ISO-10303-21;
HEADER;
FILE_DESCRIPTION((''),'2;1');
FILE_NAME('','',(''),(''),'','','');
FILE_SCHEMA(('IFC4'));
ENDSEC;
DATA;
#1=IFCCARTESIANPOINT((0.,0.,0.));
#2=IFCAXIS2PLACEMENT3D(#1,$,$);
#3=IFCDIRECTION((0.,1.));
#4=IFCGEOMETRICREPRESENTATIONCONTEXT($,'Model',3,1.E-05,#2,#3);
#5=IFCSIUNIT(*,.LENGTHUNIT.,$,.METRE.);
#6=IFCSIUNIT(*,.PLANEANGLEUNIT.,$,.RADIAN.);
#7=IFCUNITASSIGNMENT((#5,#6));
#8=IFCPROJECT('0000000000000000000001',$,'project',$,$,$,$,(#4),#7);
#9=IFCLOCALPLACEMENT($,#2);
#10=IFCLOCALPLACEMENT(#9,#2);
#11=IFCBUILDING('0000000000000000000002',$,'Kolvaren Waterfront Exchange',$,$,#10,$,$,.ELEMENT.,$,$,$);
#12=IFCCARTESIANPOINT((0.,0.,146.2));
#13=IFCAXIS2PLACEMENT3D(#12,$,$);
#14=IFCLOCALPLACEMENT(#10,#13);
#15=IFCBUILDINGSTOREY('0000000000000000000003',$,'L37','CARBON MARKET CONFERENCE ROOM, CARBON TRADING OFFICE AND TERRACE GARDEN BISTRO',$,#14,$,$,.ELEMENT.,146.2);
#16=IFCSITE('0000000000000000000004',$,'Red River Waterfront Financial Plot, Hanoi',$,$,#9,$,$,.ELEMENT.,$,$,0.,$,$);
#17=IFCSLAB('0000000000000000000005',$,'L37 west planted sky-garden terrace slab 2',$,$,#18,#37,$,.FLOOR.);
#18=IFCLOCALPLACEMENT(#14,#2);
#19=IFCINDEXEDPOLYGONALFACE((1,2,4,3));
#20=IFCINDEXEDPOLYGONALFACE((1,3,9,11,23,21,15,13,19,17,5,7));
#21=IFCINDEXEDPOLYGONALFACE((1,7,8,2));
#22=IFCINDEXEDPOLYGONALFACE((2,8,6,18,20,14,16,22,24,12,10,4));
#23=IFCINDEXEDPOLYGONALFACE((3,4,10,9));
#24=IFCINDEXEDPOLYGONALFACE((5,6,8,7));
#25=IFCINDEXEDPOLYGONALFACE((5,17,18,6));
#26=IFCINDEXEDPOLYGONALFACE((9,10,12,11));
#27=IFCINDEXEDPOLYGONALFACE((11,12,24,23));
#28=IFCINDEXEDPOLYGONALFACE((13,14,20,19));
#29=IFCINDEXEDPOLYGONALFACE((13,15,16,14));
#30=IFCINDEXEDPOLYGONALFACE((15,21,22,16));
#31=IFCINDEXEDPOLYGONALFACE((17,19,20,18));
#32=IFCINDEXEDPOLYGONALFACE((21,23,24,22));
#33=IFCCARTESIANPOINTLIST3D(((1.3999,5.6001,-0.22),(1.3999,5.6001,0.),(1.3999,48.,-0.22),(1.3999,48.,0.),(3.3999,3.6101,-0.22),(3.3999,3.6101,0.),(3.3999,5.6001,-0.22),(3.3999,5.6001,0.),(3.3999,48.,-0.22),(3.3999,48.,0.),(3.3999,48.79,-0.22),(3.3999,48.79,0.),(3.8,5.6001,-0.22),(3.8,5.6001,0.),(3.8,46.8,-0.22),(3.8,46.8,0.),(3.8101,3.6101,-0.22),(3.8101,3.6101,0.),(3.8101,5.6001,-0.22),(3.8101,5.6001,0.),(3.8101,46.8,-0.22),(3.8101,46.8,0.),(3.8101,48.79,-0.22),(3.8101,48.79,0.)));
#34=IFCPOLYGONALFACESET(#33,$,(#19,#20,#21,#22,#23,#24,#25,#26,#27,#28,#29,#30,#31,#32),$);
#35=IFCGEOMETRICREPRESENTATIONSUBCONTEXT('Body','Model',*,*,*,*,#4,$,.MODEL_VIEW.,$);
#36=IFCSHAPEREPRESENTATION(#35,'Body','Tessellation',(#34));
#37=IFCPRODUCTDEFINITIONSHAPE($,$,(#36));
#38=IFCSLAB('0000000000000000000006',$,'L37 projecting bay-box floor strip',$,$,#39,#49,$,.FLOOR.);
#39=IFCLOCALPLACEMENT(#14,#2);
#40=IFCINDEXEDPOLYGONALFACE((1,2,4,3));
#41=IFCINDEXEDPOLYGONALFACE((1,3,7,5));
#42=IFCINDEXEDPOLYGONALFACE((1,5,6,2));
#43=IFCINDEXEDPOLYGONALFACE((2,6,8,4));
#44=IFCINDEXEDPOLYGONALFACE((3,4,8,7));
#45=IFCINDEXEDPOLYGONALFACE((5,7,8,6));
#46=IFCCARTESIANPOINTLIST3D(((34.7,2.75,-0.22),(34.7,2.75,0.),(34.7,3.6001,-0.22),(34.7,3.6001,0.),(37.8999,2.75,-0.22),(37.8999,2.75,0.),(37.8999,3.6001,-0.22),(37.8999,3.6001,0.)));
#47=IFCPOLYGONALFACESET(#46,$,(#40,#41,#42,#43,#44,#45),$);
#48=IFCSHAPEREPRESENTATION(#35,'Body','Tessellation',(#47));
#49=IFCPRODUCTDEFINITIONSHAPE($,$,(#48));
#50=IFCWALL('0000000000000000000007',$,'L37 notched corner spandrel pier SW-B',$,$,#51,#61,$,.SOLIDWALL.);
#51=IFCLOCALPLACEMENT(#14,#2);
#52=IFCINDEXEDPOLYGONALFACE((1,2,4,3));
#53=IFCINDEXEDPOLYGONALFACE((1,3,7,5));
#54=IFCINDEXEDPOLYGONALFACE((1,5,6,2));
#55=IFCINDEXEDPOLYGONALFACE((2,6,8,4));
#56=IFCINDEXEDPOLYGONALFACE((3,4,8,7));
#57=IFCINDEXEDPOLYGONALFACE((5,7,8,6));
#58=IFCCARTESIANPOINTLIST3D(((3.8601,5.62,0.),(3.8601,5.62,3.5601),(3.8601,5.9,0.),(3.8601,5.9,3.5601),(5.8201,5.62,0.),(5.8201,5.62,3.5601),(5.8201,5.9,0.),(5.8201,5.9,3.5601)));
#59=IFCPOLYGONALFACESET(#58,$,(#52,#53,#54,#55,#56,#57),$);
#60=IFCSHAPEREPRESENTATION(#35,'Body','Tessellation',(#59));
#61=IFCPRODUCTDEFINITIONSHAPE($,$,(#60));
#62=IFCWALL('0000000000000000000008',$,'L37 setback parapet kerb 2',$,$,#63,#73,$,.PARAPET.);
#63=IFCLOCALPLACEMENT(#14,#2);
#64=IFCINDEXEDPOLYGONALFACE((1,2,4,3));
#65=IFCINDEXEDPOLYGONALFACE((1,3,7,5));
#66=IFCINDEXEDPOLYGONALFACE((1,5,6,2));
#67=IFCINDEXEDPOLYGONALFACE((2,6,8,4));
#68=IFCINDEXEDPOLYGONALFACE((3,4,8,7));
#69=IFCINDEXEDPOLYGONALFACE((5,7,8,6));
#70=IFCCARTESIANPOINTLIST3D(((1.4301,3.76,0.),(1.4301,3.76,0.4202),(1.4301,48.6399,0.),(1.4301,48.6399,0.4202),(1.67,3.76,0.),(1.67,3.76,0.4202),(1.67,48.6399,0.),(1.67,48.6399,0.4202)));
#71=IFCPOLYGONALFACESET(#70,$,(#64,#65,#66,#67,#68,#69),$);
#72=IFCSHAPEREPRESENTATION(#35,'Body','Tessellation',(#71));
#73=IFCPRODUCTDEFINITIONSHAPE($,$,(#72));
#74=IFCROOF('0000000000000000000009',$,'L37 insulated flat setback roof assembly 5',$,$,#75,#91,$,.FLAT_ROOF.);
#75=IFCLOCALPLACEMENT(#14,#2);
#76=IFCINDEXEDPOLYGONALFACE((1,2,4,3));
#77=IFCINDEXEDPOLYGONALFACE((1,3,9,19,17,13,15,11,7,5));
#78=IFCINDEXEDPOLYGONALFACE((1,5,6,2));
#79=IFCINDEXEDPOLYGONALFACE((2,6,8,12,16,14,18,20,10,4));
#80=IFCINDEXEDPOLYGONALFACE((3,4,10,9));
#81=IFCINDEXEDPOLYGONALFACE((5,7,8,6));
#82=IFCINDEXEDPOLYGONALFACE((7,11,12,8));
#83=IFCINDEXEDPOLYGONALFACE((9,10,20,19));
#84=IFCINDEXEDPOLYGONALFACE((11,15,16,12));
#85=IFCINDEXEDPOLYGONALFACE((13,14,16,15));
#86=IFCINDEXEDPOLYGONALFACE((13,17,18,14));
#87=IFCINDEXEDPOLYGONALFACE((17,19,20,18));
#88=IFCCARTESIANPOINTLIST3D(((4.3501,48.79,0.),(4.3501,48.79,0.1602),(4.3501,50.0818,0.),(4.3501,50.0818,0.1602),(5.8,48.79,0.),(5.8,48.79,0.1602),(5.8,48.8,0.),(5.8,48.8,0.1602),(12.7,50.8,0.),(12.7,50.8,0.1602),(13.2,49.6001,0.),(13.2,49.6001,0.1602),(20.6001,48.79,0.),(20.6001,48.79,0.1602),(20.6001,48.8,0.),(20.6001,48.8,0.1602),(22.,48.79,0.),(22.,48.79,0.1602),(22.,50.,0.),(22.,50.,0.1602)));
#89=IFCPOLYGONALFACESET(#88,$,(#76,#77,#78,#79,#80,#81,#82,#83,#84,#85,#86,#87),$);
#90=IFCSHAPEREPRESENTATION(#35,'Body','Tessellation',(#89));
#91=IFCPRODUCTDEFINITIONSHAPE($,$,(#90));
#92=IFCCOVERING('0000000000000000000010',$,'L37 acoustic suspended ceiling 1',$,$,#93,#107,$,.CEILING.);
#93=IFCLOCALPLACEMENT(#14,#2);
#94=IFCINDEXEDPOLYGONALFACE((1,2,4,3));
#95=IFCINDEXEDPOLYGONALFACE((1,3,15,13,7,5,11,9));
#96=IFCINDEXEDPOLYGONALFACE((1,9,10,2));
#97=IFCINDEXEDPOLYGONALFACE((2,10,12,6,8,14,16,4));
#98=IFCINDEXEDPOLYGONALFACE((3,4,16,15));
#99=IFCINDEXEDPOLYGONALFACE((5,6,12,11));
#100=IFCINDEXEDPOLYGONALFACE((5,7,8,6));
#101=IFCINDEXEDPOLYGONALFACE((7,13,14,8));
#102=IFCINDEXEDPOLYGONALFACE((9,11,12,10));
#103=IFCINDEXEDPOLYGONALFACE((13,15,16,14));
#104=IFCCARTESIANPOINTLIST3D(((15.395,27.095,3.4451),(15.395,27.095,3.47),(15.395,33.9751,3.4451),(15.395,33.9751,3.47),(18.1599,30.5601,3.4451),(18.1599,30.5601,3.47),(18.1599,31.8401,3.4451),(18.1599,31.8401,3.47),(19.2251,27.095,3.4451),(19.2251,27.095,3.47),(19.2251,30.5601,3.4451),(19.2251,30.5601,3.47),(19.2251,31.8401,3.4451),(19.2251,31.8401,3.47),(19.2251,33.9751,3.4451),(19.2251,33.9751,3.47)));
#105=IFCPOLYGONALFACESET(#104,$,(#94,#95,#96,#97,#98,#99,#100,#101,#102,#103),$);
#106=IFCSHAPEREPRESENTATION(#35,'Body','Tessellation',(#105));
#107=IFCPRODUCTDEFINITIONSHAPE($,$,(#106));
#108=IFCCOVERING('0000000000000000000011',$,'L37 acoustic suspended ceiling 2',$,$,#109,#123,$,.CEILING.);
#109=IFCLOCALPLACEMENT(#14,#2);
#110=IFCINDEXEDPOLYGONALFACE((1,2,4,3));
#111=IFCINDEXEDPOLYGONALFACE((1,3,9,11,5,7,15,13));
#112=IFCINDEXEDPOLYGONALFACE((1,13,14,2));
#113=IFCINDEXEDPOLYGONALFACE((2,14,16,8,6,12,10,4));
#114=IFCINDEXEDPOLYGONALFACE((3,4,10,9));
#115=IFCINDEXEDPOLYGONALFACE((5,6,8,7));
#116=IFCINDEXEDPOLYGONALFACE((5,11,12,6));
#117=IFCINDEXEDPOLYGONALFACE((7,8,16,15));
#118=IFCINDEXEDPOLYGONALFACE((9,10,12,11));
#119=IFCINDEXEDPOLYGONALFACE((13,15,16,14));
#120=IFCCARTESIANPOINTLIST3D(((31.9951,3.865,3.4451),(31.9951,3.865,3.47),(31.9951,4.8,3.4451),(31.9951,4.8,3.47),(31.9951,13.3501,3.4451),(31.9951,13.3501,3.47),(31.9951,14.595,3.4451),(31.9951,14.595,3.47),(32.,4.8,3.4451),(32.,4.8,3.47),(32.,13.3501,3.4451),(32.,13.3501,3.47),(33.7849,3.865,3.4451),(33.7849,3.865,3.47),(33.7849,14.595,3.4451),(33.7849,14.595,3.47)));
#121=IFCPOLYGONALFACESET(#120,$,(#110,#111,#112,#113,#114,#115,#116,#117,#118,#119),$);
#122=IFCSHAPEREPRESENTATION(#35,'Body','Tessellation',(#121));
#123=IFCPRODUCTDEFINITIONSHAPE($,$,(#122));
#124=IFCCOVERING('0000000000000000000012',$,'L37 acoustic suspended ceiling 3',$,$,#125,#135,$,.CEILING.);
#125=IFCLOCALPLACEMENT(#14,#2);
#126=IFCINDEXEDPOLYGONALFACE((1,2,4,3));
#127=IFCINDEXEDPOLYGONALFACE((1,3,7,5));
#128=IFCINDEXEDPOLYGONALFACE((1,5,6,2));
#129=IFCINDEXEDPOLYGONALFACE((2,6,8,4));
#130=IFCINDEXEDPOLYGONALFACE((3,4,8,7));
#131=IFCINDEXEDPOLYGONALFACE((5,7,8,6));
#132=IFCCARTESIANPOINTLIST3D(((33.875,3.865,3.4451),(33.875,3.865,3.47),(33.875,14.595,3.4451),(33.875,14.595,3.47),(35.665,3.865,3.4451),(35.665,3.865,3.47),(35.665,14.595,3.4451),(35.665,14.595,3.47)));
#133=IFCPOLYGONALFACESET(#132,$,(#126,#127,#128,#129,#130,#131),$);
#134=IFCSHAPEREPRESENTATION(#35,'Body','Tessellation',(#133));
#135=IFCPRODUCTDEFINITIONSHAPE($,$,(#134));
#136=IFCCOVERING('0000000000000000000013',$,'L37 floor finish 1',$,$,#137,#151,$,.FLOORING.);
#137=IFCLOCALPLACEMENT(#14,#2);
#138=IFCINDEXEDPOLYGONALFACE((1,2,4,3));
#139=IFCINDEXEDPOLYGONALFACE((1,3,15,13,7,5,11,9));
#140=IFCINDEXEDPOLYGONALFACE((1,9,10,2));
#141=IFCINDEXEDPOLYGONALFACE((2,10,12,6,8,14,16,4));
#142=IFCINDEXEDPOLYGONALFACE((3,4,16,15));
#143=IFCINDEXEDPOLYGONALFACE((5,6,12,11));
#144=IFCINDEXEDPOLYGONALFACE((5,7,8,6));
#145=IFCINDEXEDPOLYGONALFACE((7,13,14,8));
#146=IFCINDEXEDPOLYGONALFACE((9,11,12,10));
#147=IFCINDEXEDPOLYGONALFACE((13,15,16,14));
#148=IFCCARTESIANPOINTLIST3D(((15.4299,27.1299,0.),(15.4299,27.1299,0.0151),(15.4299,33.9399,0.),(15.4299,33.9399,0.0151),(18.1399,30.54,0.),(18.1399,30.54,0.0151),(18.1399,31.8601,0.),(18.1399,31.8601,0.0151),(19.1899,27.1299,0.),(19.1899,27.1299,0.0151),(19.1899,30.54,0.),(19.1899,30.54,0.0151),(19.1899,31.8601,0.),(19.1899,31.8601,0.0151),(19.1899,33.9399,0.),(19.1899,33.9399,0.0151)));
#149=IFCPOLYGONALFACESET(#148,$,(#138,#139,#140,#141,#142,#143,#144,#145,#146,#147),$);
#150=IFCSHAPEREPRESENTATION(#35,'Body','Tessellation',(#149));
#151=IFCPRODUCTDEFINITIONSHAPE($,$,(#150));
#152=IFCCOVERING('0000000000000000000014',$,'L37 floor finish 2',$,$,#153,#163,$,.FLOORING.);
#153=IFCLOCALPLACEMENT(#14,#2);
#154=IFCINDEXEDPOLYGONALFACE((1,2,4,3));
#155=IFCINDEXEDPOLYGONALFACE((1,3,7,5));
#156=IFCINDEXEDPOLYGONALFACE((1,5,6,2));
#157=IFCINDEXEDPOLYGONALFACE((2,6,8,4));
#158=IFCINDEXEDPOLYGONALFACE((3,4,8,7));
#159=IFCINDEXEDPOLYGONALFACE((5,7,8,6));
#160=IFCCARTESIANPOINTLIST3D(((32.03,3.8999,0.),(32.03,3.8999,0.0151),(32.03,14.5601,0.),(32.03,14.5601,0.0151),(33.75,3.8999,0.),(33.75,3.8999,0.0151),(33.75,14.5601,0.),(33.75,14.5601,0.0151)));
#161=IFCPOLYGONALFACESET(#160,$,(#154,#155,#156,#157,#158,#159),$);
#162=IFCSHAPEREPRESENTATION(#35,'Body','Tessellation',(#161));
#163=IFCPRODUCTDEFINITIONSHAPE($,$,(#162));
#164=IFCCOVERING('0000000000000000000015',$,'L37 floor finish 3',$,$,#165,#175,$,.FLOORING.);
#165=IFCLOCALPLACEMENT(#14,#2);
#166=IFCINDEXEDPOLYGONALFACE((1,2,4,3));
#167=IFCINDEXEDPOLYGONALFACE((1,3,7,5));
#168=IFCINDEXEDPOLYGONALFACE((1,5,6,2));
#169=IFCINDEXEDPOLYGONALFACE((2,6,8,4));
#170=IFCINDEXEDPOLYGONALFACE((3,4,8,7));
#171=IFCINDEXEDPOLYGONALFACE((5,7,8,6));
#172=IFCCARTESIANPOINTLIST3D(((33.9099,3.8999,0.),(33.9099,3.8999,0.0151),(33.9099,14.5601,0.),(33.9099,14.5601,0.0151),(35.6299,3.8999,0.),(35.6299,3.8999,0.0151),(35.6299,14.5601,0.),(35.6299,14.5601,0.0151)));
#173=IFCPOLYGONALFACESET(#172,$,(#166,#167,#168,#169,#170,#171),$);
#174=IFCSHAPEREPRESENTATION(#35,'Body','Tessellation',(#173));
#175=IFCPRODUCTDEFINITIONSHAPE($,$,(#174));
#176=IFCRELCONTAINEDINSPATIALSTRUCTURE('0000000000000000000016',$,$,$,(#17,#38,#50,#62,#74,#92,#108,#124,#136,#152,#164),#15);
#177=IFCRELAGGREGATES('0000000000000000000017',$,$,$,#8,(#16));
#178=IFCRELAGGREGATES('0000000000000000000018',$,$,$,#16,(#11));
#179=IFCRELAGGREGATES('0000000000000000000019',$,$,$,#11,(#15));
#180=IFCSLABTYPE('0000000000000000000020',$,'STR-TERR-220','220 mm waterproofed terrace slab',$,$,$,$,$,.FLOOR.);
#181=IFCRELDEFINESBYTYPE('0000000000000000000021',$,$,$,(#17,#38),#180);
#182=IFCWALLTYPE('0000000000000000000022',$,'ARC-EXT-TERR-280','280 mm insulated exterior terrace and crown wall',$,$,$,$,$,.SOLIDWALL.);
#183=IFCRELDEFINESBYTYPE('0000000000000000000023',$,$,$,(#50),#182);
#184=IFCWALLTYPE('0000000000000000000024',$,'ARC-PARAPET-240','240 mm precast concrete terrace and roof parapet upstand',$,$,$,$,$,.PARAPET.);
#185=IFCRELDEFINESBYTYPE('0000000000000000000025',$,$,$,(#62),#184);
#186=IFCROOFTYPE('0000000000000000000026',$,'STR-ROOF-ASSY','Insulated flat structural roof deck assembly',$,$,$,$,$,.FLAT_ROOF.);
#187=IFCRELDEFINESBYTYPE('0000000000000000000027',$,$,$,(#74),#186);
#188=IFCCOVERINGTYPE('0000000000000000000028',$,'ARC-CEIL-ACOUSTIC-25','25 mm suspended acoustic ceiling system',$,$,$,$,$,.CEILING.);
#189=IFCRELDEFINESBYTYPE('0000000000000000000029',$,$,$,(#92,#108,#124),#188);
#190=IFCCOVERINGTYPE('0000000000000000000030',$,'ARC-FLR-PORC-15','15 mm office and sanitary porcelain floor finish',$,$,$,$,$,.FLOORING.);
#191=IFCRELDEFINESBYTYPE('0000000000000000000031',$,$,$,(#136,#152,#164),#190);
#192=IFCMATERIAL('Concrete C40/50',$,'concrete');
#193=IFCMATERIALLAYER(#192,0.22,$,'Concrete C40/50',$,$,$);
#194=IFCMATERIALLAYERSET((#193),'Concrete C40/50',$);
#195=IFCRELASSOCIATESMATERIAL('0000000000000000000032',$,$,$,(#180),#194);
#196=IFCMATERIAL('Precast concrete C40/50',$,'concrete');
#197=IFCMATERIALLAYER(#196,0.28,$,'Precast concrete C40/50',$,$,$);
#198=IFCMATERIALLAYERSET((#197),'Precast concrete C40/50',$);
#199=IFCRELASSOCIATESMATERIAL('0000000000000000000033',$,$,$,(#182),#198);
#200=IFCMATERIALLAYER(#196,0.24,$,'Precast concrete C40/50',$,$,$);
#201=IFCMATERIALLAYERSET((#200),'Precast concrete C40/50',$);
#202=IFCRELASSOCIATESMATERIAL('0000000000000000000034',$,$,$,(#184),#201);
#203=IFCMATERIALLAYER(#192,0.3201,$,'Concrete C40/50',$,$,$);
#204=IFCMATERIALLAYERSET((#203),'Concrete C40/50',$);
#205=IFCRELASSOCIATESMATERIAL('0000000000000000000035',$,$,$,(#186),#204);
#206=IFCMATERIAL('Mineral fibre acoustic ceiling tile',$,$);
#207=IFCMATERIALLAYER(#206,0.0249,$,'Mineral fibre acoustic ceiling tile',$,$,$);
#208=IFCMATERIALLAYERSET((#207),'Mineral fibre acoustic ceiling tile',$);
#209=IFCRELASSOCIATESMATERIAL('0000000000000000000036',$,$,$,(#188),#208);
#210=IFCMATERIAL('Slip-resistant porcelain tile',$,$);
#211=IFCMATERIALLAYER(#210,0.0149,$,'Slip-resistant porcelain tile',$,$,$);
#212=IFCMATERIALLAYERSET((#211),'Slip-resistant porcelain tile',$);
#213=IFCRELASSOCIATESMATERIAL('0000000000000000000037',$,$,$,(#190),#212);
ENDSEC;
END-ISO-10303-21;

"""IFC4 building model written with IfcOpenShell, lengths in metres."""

from ifc_helpers import new_model, si_unit, direction, frame, frame_2d, origin, place, context, subcontext, project, spatial, polyline, rectangle, outline, extrude, material, layer, layer_set, type_object, element, save


model = new_model("IFC4")

# Units and contexts
model_context = context("Model", 3, precision=1e-05, world=origin(), true_north=direction((0.0, 1.0)))
body_context = subcontext(model_context, "Body", "Model", "MODEL_VIEW")
ifc_project = project(units=[si_unit("LENGTHUNIT", "METRE"), si_unit("PLANEANGLEUNIT", "RADIAN")], contexts=[model_context])

# Site, building, storey
site_placement = place(None, origin())
site = spatial("IfcSite", under=ifc_project, at=site_placement, Name="Red River Waterfront Financial Plot, Hanoi", CompositionType="ELEMENT", RefElevation=0.0)
building_placement = place(site_placement, origin())
building = spatial("IfcBuilding", under=site, at=building_placement, Name="Kolvaren Waterfront Exchange", CompositionType="ELEMENT")
storey_placement = place(building_placement, frame((0.0, 0.0, 146.2)))
storey = spatial("IfcBuildingStorey", under=building, at=storey_placement, Name="L37", Description="CARBON MARKET CONFERENCE ROOM, CARBON TRADING OFFICE AND TERRACE GARDEN BISTRO", CompositionType="ELEMENT", Elevation=146.2)

# Shared definitions
ifc_material_1 = material(Name="Precast concrete C40/50", Category="concrete")

# Shared definitions
ifc_material_2 = material(Name="Concrete C40/50", Category="concrete")

# Slabs
ifc_layer_1 = layer(ifc_material_2, 0.22, Name="Concrete C40/50")
ifc_layer_set_1 = layer_set([ifc_layer_1], Name="Concrete C40/50")
slab_type_1 = type_object("IfcSlabType", Name="STR-TERR-220", Description="220 mm waterproofed terrace slab", PredefinedType="FLOOR", material=ifc_layer_set_1)
slab_1_placement = place(storey_placement, frame((0.0, 0.0, -0.22)))
element("IfcSlab", 1, at=slab_1_placement, inside=storey, type_object=slab_type_1, Name="L37 west planted sky-garden terrace slab 2", PredefinedType="FLOOR", context=body_context, shape_type="SweptSolid", body=[
    extrude(outline(polyline([(3.3999, 5.6001), (1.3999, 5.6001), (1.3999, 48.0), (3.3999, 48.0), (3.3999, 48.79), (3.8101, 48.79), (3.8101, 46.8), (3.8, 46.8), (3.8, 5.6001), (3.8101, 5.6001), (3.8101, 3.6101), (3.3999, 3.6101), (3.3999, 5.6001)])), origin(), (0.0, 0.0, 1.0), 0.22),
])
slab_2_placement = place(storey_placement, frame((0.0, 0.0, -0.22)))
element("IfcSlab", 2, at=slab_2_placement, inside=storey, type_object=slab_type_1, Name="L37 projecting bay-box floor strip", PredefinedType="FLOOR", context=body_context, shape_type="SweptSolid", body=[
    extrude(outline(polyline([(34.7, 2.75), (37.8999, 2.75), (37.8999, 3.6001), (34.7, 3.6001), (34.7, 2.75)])), origin(), (0.0, 0.0, 1.0), 0.22),
])

# Walls
ifc_layer_2 = layer(ifc_material_1, 0.28, Name="Precast concrete C40/50")
ifc_layer_set_2 = layer_set([ifc_layer_2], Name="Precast concrete C40/50")
wall_type_1 = type_object("IfcWallType", Name="ARC-EXT-TERR-280", Description="280 mm insulated exterior terrace and crown wall", PredefinedType="SOLIDWALL", material=ifc_layer_set_2)
wall_1_placement = place(storey_placement, frame((3.8601, 5.76, 0.0), z_axis=(0.0, 0.0, 1.0), x_axis=(1.0, 0.0, 0.0)))
element("IfcWall", 3, at=wall_1_placement, inside=storey, type_object=wall_type_1, Name="L37 notched corner spandrel pier SW-B", PredefinedType="SOLIDWALL", context=body_context, shape_type="SweptSolid", body=[
    extrude(rectangle(XDim=1.96, YDim=0.28, at=frame_2d((0.98, 0.0))), origin(), (0.0, 0.0, 1.0), 3.5601),
])
ifc_layer_3 = layer(ifc_material_1, 0.24, Name="Precast concrete C40/50")
ifc_layer_set_3 = layer_set([ifc_layer_3], Name="Precast concrete C40/50")
wall_type_2 = type_object("IfcWallType", Name="ARC-PARAPET-240", Description="240 mm precast concrete terrace and roof parapet upstand", PredefinedType="PARAPET", material=ifc_layer_set_3)
wall_2_placement = place(storey_placement, frame((1.55, 3.76, 0.0), z_axis=(0.0, 0.0, 1.0), x_axis=(0.0, 1.0, 0.0)))
element("IfcWall", 4, at=wall_2_placement, inside=storey, type_object=wall_type_2, Name="L37 setback parapet kerb 2", PredefinedType="PARAPET", context=body_context, shape_type="SweptSolid", body=[
    extrude(rectangle(XDim=44.8799, YDim=0.24, at=frame_2d((22.4399, 0.0))), origin(), (0.0, 0.0, 1.0), 0.4202),
])

# Roof
ifc_layer_4 = layer(ifc_material_2, 0.3201, Name="Concrete C40/50")
ifc_layer_set_4 = layer_set([ifc_layer_4], Name="Concrete C40/50")
roof_type = type_object("IfcRoofType", Name="STR-ROOF-ASSY", Description="Insulated flat structural roof deck assembly", PredefinedType="FLAT_ROOF", material=ifc_layer_set_4)
roof_placement = place(storey_placement, origin())
element("IfcRoof", 5, at=roof_placement, inside=storey, type_object=roof_type, Name="L37 insulated flat setback roof assembly 5", PredefinedType="FLAT_ROOF", context=body_context, shape_type="SweptSolid", body=[
    extrude(outline(polyline([(12.7, 50.8), (22.0, 50.0), (22.0, 48.79), (20.6001, 48.79), (20.6001, 48.8), (13.2, 49.6001), (5.8, 48.8), (5.8, 48.79), (4.3501, 48.79), (4.3501, 50.0818), (12.7, 50.8)])), origin(), (0.0, 0.0, 1.0), 0.1602),
])

# Coverings
ifc_material_3 = material(Name="Mineral fibre acoustic ceiling tile")
ifc_layer_5 = layer(ifc_material_3, 0.0249, Name="Mineral fibre acoustic ceiling tile")
ifc_layer_set_5 = layer_set([ifc_layer_5], Name="Mineral fibre acoustic ceiling tile")
covering_type_1 = type_object("IfcCoveringType", Name="ARC-CEIL-ACOUSTIC-25", Description="25 mm suspended acoustic ceiling system", PredefinedType="CEILING", material=ifc_layer_set_5)
covering_1_placement = place(storey_placement, frame((0.0, 0.0, 3.4451)))
element("IfcCovering", 6, at=covering_1_placement, inside=storey, type_object=covering_type_1, Name="L37 acoustic suspended ceiling 1", PredefinedType="CEILING", context=body_context, shape_type="SweptSolid", body=[
    extrude(outline(polyline([(19.2251, 30.5601), (18.1599, 30.5601), (18.1599, 31.8401), (19.2251, 31.8401), (19.2251, 33.9751), (15.395, 33.9751), (15.395, 27.095), (19.2251, 27.095), (19.2251, 30.5601)])), origin(), (0.0, 0.0, 1.0), 0.0249),
])
covering_2_placement = place(storey_placement, frame((0.0, 0.0, 3.4451)))
element("IfcCovering", 7, at=covering_2_placement, inside=storey, type_object=covering_type_1, Name="L37 acoustic suspended ceiling 2", PredefinedType="CEILING", context=body_context, shape_type="SweptSolid", body=[
    extrude(outline(polyline([(33.7849, 3.865), (33.7849, 14.595), (31.9951, 14.595), (31.9951, 13.3501), (32.0, 13.3501), (32.0, 4.8), (31.9951, 4.8), (31.9951, 3.865), (33.7849, 3.865)])), origin(), (0.0, 0.0, 1.0), 0.0249),
])
covering_3_placement = place(storey_placement, frame((0.0, 0.0, 3.4451)))
element("IfcCovering", 8, at=covering_3_placement, inside=storey, type_object=covering_type_1, Name="L37 acoustic suspended ceiling 3", PredefinedType="CEILING", context=body_context, shape_type="SweptSolid", body=[
    extrude(outline(polyline([(35.665, 3.865), (35.665, 14.595), (33.875, 14.595), (33.875, 3.865), (35.665, 3.865)])), origin(), (0.0, 0.0, 1.0), 0.0249),
])
ifc_material_4 = material(Name="Slip-resistant porcelain tile")
ifc_layer_6 = layer(ifc_material_4, 0.0149, Name="Slip-resistant porcelain tile")
ifc_layer_set_6 = layer_set([ifc_layer_6], Name="Slip-resistant porcelain tile")
covering_type_2 = type_object("IfcCoveringType", Name="ARC-FLR-PORC-15", Description="15 mm office and sanitary porcelain floor finish", PredefinedType="FLOORING", material=ifc_layer_set_6)
covering_4_placement = place(storey_placement, origin())
element("IfcCovering", 9, at=covering_4_placement, inside=storey, type_object=covering_type_2, Name="L37 floor finish 1", PredefinedType="FLOORING", context=body_context, shape_type="SweptSolid", body=[
    extrude(outline(polyline([(15.4299, 33.9399), (15.4299, 27.1299), (19.1899, 27.1299), (19.1899, 30.54), (18.1399, 30.54), (18.1399, 31.8601), (19.1899, 31.8601), (19.1899, 33.9399), (15.4299, 33.9399)])), origin(), (0.0, 0.0, 1.0), 0.0151),
])
covering_5_placement = place(storey_placement, origin())
element("IfcCovering", 10, at=covering_5_placement, inside=storey, type_object=covering_type_2, Name="L37 floor finish 2", PredefinedType="FLOORING", context=body_context, shape_type="SweptSolid", body=[
    extrude(outline(polyline([(32.03, 14.5601), (32.03, 3.8999), (33.75, 3.8999), (33.75, 14.5601), (32.03, 14.5601)])), origin(), (0.0, 0.0, 1.0), 0.0151),
])
covering_6_placement = place(storey_placement, origin())
element("IfcCovering", 11, at=covering_6_placement, inside=storey, type_object=covering_type_2, Name="L37 floor finish 3", PredefinedType="FLOORING", context=body_context, shape_type="SweptSolid", body=[
    extrude(outline(polyline([(33.9099, 14.5601), (33.9099, 3.8999), (35.6299, 3.8999), (35.6299, 14.5601), (33.9099, 14.5601)])), origin(), (0.0, 0.0, 1.0), 0.0151),
])

save(model, "model.ifc")
